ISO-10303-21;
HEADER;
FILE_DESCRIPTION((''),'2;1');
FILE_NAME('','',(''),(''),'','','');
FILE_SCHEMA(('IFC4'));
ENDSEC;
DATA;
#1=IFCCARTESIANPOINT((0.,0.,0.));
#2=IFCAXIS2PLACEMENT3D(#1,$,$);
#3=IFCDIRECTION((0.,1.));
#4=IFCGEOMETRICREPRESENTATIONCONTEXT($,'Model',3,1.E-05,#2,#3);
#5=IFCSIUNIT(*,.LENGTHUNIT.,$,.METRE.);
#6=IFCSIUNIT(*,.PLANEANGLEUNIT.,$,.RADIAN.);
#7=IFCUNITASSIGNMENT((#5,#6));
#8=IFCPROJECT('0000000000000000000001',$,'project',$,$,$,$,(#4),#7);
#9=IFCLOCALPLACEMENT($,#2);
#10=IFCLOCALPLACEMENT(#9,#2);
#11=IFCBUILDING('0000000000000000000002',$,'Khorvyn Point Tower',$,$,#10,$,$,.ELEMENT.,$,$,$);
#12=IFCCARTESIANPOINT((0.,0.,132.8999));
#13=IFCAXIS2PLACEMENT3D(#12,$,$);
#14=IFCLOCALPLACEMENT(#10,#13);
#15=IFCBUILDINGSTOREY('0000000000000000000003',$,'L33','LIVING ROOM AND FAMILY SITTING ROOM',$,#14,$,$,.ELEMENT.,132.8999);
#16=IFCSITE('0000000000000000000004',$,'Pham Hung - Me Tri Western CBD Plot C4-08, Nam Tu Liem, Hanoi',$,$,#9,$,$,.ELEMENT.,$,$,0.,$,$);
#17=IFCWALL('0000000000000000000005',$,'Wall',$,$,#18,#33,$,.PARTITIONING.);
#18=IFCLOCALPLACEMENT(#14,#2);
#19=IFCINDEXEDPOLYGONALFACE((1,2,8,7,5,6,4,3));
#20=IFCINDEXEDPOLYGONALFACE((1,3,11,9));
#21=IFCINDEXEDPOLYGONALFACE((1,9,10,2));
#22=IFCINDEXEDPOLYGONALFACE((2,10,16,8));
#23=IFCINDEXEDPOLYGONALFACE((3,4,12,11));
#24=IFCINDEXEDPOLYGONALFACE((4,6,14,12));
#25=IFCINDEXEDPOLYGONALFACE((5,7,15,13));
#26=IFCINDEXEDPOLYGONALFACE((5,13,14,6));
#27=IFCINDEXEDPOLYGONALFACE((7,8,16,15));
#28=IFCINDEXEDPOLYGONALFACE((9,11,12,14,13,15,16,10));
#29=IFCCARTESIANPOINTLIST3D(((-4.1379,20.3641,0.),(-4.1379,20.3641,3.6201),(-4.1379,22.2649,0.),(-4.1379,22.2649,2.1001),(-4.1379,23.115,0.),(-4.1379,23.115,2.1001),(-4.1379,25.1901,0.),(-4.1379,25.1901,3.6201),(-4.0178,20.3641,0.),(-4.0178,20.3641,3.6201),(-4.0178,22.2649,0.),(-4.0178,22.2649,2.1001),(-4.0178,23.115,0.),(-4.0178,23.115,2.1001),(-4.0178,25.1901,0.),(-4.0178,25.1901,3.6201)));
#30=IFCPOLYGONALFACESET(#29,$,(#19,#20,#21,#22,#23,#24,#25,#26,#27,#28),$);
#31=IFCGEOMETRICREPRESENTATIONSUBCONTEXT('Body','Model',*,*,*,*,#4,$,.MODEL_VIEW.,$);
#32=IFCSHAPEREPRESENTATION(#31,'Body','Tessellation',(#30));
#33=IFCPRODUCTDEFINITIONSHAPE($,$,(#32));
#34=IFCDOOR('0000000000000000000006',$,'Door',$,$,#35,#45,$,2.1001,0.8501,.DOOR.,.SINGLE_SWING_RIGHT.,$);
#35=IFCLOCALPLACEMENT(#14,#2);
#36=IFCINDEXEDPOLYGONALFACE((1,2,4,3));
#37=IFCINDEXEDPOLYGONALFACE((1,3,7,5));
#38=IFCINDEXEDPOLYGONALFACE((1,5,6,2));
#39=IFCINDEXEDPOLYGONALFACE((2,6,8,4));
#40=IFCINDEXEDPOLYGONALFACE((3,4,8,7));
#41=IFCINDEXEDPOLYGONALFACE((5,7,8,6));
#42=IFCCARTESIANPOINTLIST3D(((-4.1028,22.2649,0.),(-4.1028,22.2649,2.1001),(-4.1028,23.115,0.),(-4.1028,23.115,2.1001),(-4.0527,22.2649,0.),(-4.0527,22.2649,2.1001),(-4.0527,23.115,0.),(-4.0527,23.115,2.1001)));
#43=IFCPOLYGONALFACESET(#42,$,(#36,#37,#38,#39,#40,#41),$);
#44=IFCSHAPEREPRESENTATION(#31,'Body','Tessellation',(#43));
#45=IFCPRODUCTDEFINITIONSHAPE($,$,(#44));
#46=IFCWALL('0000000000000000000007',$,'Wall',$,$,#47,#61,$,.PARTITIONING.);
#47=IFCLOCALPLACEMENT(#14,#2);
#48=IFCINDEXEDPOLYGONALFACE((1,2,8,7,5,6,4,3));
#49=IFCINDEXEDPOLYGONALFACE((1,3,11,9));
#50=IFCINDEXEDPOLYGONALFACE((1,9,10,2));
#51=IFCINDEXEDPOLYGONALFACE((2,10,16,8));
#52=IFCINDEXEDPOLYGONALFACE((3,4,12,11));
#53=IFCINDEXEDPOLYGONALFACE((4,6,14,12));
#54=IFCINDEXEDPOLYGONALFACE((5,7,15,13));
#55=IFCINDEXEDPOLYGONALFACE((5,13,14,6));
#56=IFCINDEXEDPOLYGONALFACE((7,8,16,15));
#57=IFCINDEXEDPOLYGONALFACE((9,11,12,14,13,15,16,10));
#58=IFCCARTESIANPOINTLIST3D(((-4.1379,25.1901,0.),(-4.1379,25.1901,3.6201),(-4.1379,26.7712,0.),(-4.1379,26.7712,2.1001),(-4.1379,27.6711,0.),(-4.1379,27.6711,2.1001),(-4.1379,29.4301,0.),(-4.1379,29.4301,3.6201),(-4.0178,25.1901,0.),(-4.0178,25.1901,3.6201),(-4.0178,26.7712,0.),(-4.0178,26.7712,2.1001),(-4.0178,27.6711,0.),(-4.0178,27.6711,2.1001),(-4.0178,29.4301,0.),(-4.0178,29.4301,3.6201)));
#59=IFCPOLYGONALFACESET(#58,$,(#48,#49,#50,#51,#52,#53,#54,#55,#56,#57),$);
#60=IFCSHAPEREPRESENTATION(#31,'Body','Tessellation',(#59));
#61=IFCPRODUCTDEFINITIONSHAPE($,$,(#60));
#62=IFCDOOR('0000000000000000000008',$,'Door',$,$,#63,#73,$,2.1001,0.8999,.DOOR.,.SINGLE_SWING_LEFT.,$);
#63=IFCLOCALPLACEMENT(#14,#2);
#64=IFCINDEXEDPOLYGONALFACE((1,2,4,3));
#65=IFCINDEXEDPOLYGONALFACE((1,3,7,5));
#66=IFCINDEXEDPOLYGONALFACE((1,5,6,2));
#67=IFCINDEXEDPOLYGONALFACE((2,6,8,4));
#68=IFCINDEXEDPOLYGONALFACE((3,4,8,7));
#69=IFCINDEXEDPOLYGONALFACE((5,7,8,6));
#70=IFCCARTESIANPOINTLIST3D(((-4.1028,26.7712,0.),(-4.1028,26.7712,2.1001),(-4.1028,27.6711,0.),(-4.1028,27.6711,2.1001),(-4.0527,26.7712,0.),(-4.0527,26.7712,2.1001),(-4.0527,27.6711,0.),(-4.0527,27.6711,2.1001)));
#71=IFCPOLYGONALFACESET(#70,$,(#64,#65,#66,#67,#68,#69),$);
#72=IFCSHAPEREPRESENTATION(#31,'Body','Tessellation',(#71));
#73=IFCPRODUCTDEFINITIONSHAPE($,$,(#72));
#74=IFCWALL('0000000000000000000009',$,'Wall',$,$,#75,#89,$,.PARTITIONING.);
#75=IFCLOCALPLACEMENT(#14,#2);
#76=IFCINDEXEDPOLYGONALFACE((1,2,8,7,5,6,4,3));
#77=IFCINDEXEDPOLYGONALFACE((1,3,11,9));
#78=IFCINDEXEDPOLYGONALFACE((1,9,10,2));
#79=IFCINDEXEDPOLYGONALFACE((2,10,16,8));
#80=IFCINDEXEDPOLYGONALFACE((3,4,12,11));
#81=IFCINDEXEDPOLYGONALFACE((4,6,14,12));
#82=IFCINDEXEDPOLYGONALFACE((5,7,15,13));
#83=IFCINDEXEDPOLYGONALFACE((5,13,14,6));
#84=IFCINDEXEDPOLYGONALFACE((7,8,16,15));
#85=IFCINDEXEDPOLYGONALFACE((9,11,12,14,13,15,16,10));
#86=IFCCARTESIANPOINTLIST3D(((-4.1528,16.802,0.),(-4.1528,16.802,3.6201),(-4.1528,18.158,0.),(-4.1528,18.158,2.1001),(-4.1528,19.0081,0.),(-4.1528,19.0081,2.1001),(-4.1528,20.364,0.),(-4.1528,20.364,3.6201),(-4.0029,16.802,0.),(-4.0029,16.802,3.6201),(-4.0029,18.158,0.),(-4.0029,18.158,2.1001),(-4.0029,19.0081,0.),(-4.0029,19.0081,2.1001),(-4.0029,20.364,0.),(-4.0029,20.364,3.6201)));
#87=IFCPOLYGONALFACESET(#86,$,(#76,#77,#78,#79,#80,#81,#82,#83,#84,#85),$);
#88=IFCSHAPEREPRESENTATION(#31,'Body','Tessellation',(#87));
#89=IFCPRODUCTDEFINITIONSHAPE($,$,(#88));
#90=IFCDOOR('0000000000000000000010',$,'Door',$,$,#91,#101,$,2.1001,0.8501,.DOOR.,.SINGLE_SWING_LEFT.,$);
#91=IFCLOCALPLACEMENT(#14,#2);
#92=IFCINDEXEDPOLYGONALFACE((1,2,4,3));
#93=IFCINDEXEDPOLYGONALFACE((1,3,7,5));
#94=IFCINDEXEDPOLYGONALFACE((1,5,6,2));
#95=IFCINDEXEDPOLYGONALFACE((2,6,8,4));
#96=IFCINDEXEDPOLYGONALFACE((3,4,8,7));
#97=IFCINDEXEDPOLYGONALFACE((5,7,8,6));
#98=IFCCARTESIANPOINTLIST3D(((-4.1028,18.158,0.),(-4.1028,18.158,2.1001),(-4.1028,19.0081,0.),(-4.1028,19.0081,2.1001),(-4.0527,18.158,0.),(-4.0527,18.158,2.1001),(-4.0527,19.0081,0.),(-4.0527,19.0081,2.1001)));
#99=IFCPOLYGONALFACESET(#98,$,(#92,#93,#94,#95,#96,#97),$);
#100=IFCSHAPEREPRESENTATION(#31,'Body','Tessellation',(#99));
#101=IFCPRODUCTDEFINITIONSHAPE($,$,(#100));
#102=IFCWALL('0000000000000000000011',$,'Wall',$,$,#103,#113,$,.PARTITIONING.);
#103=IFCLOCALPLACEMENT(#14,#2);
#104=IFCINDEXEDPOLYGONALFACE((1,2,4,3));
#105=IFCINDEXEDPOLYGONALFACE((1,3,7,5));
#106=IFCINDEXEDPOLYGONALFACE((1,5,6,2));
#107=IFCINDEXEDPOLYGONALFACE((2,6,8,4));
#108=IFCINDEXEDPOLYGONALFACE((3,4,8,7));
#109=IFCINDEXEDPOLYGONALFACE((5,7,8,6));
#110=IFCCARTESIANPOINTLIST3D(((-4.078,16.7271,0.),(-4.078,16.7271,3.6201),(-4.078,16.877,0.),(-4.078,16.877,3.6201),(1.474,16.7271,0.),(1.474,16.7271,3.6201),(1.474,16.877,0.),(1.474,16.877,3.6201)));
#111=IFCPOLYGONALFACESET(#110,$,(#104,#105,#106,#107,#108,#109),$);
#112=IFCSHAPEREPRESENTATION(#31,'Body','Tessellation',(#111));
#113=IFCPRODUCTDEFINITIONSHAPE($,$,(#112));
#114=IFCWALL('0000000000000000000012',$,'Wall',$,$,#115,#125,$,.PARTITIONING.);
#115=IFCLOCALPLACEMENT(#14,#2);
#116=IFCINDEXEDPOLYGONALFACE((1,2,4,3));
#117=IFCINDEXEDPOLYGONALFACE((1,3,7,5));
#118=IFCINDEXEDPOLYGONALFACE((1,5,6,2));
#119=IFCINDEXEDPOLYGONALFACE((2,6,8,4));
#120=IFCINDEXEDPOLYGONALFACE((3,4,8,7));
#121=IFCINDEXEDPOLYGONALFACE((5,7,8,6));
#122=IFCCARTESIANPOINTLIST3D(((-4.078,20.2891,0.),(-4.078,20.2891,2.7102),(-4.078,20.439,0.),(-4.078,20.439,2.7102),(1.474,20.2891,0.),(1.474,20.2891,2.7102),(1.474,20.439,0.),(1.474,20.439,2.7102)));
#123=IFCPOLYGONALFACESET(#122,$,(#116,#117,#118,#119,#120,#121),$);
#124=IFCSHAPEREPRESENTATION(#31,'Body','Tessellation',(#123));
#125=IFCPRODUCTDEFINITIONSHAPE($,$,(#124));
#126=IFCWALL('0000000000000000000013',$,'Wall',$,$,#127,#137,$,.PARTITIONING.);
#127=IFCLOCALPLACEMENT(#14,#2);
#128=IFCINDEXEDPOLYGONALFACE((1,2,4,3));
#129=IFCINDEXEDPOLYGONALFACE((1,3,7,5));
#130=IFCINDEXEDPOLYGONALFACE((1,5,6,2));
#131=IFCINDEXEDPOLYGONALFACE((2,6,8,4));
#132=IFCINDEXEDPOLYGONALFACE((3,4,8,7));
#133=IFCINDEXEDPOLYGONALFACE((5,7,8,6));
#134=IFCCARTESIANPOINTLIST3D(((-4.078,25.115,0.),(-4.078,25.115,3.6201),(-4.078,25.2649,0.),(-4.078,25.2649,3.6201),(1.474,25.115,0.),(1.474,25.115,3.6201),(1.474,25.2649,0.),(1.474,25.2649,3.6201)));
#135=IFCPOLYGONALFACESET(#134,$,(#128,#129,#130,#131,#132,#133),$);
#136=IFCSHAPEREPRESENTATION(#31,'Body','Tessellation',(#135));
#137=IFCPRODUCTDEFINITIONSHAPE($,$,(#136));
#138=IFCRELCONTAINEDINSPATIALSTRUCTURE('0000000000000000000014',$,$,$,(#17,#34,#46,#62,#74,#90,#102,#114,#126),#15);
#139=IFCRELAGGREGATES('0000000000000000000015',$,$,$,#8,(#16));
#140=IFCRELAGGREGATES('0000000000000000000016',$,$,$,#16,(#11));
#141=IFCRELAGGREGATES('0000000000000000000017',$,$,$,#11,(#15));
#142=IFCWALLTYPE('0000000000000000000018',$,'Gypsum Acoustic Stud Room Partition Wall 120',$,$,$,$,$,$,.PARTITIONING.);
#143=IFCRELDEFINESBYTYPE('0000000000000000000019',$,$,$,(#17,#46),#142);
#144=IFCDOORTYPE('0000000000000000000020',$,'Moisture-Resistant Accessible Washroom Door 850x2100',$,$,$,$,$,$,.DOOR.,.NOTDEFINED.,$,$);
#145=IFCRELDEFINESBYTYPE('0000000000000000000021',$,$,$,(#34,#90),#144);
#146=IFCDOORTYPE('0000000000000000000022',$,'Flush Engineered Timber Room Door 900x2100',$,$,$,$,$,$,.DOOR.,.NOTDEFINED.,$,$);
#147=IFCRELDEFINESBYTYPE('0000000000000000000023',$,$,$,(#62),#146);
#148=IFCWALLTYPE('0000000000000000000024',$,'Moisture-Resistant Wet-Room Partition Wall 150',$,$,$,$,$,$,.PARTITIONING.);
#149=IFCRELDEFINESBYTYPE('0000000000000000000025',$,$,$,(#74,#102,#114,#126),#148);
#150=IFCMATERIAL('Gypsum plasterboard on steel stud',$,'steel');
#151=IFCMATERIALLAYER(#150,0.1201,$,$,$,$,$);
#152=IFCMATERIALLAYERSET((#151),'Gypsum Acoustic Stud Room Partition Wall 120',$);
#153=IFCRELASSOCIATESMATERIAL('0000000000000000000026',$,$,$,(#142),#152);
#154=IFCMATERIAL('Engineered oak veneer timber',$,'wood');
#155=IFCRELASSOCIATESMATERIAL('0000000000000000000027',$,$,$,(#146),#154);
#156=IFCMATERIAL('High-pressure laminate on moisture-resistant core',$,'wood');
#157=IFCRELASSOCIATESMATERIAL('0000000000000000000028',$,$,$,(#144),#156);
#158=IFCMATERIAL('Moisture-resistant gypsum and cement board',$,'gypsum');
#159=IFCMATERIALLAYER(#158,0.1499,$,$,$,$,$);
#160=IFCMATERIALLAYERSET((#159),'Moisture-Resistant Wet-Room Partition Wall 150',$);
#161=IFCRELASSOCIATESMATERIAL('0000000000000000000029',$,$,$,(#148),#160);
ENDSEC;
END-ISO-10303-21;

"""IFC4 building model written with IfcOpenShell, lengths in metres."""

from ifc_helpers import new_model, si_unit, direction, frame, frame_2d, origin, place, context, subcontext, project, spatial, rectangle, extrude, material, layer, layer_set, type_object, element, fill, save


model = new_model("IFC4")

# Units and contexts
model_context = context("Model", 3, precision=1e-05, world=origin(), true_north=direction((0.0, 1.0)))
body_context = subcontext(model_context, "Body", "Model", "MODEL_VIEW")
ifc_project = project(units=[si_unit("LENGTHUNIT", "METRE"), si_unit("PLANEANGLEUNIT", "RADIAN")], contexts=[model_context])

# Site, building, storey
site_placement = place(None, origin())
site = spatial("IfcSite", under=ifc_project, at=site_placement, Name="Pham Hung - Me Tri Western CBD Plot C4-08, Nam Tu Liem, Hanoi", CompositionType="ELEMENT", RefElevation=0.0)
building_placement = place(site_placement, origin())
building = spatial("IfcBuilding", under=site, at=building_placement, Name="Khorvyn Point Tower", CompositionType="ELEMENT")
storey_placement = place(building_placement, frame((0.0, 0.0, 132.8999)))
storey = spatial("IfcBuildingStorey", under=building, at=storey_placement, Name="L33", Description="LIVING ROOM AND FAMILY SITTING ROOM", CompositionType="ELEMENT", Elevation=132.8999)

# Walls, openings, doors
ifc_material_1 = material(Name="Gypsum plasterboard on steel stud", Category="steel")
ifc_layer_1 = layer(ifc_material_1, 0.1201)
ifc_layer_set_1 = layer_set([ifc_layer_1], Name="Gypsum Acoustic Stud Room Partition Wall 120")
wall_type_1 = type_object("IfcWallType", Name="Gypsum Acoustic Stud Room Partition Wall 120", PredefinedType="PARTITIONING", material=ifc_layer_set_1)
ifc_material_2 = material(Name="Engineered oak veneer timber", Category="wood")
door_type_1 = type_object("IfcDoorType", Name="Flush Engineered Timber Room Door 900x2100", OperationType="NOTDEFINED", PredefinedType="DOOR", material=ifc_material_2)
wall_1_placement = place(storey_placement, frame((-4.0779, 20.364, 0.0), z_axis=(0.0, 0.0, 1.0), x_axis=(0.0, 1.0, 0.0)))
wall_1 = element("IfcWall", 1, at=wall_1_placement, inside=storey, type_object=wall_type_1, Name="Wall", PredefinedType="PARTITIONING", context=body_context, shape_type="SweptSolid", body=[
    extrude(rectangle(XDim=4.8259, YDim=0.1201, at=frame_2d((2.4131, 0.0))), origin(), (0.0, 0.0, 1.0), 3.6201),
])
opening_1_placement = place(wall_1_placement, frame((1.9009, 0.0, 0.0)))
opening_1 = element("IfcOpeningElement", 2, at=opening_1_placement, cuts=wall_1, PredefinedType="OPENING", context=body_context, shape_type="SweptSolid", body=[
    extrude(rectangle(XDim=0.8501, YDim=2.1001, at=frame_2d((0.425, 1.05))), frame((0.0, 0.0701, 0.0), z_axis=(0.0, -1.0, 0.0), x_axis=(1.0, 0.0, 0.0)), (0.0, 0.0, 1.0), 0.1401),
])
ifc_material_3 = material(Name="High-pressure laminate on moisture-resistant core", Category="wood")
door_type_2 = type_object("IfcDoorType", Name="Moisture-Resistant Accessible Washroom Door 850x2100", OperationType="NOTDEFINED", PredefinedType="DOOR", material=ifc_material_3)
door_1_placement = place(opening_1_placement, origin())
door_1 = element("IfcDoor", 3, at=door_1_placement, inside=storey, type_object=door_type_2, Name="Door", OperationType="SINGLE_SWING_RIGHT", OverallHeight=2.1001, OverallWidth=0.8501, PredefinedType="DOOR", context=body_context, shape_type="SweptSolid", body=[
    extrude(rectangle(XDim=0.8501, YDim=2.1001, at=frame_2d((0.425, 1.05))), frame((0.0, 0.0249, 0.0), z_axis=(0.0, -1.0, 0.0), x_axis=(1.0, 0.0, 0.0)), (0.0, 0.0, 1.0), 0.05),
])
fill(opening_1, door_1)
wall_2_placement = place(storey_placement, frame((-4.0779, 25.1899, 0.0), z_axis=(0.0, 0.0, 1.0), x_axis=(0.0, 1.0, 0.0)))
wall_2 = element("IfcWall", 4, at=wall_2_placement, inside=storey, type_object=wall_type_1, Name="Wall", PredefinedType="PARTITIONING", context=body_context, shape_type="SweptSolid", body=[
    extrude(rectangle(XDim=4.24, YDim=0.1201, at=frame_2d((2.1201, 0.0))), origin(), (0.0, 0.0, 1.0), 3.6201),
])
opening_2_placement = place(wall_2_placement, frame((1.5813, 0.0, 0.0)))
opening_2 = element("IfcOpeningElement", 5, at=opening_2_placement, cuts=wall_2, PredefinedType="OPENING", context=body_context, shape_type="SweptSolid", body=[
    extrude(rectangle(XDim=0.8999, YDim=2.1001, at=frame_2d((0.45, 1.05))), frame((0.0, 0.0701, 0.0), z_axis=(0.0, -1.0, 0.0), x_axis=(1.0, 0.0, 0.0)), (0.0, 0.0, 1.0), 0.1401),
])
door_2_placement = place(opening_2_placement, origin())
door_2 = element("IfcDoor", 6, at=door_2_placement, inside=storey, type_object=door_type_1, Name="Door", OperationType="SINGLE_SWING_LEFT", OverallHeight=2.1001, OverallWidth=0.8999, PredefinedType="DOOR", context=body_context, shape_type="SweptSolid", body=[
    extrude(rectangle(XDim=0.8999, YDim=2.1001, at=frame_2d((0.45, 1.05))), frame((0.0, 0.0249, 0.0), z_axis=(0.0, -1.0, 0.0), x_axis=(1.0, 0.0, 0.0)), (0.0, 0.0, 1.0), 0.05),
])
fill(opening_2, door_2)
ifc_material_4 = material(Name="Moisture-resistant gypsum and cement board", Category="gypsum")
ifc_layer_2 = layer(ifc_material_4, 0.1499)
ifc_layer_set_2 = layer_set([ifc_layer_2], Name="Moisture-Resistant Wet-Room Partition Wall 150")
wall_type_2 = type_object("IfcWallType", Name="Moisture-Resistant Wet-Room Partition Wall 150", PredefinedType="PARTITIONING", material=ifc_layer_set_2)
wall_3_placement = place(storey_placement, frame((-4.0779, 16.802, 0.0), z_axis=(0.0, 0.0, 1.0), x_axis=(0.0, 1.0, 0.0)))
wall_3 = element("IfcWall", 7, at=wall_3_placement, inside=storey, type_object=wall_type_2, Name="Wall", PredefinedType="PARTITIONING", context=body_context, shape_type="SweptSolid", body=[
    extrude(rectangle(XDim=3.562, YDim=0.1499, at=frame_2d((1.781, 0.0))), origin(), (0.0, 0.0, 1.0), 3.6201),
])
opening_3_placement = place(wall_3_placement, frame((1.356, 0.0, 0.0)))
opening_3 = element("IfcOpeningElement", 8, at=opening_3_placement, cuts=wall_3, PredefinedType="OPENING", context=body_context, shape_type="SweptSolid", body=[
    extrude(rectangle(XDim=0.8501, YDim=2.1001, at=frame_2d((0.425, 1.05))), frame((0.0, 0.085, 0.0), z_axis=(0.0, -1.0, 0.0), x_axis=(1.0, 0.0, 0.0)), (0.0, 0.0, 1.0), 0.1699),
])
door_3_placement = place(opening_3_placement, origin())
door_3 = element("IfcDoor", 9, at=door_3_placement, inside=storey, type_object=door_type_2, Name="Door", OperationType="SINGLE_SWING_LEFT", OverallHeight=2.1001, OverallWidth=0.8501, PredefinedType="DOOR", context=body_context, shape_type="SweptSolid", body=[
    extrude(rectangle(XDim=0.8501, YDim=2.1001, at=frame_2d((0.425, 1.05))), frame((0.0, 0.0249, 0.0), z_axis=(0.0, -1.0, 0.0), x_axis=(1.0, 0.0, 0.0)), (0.0, 0.0, 1.0), 0.05),
])
fill(opening_3, door_3)

# Walls
wall_4_placement = place(storey_placement, frame((-4.0779, 16.802, 0.0), z_axis=(0.0, 0.0, 1.0), x_axis=(1.0, 0.0, 0.0)))
element("IfcWall", 10, at=wall_4_placement, inside=storey, type_object=wall_type_2, Name="Wall", PredefinedType="PARTITIONING", context=body_context, shape_type="SweptSolid", body=[
    extrude(rectangle(XDim=5.552, YDim=0.1499, at=frame_2d((2.7759, 0.0))), origin(), (0.0, 0.0, 1.0), 3.6201),
])
wall_5_placement = place(storey_placement, frame((-4.0779, 20.364, 0.0), z_axis=(0.0, 0.0, 1.0), x_axis=(1.0, 0.0, 0.0)))
element("IfcWall", 11, at=wall_5_placement, inside=storey, type_object=wall_type_2, Name="Wall", PredefinedType="PARTITIONING", context=body_context, shape_type="SweptSolid", body=[
    extrude(rectangle(XDim=5.552, YDim=0.1499, at=frame_2d((2.7759, 0.0))), origin(), (0.0, 0.0, 1.0), 2.7102),
])
wall_6_placement = place(storey_placement, frame((-4.0779, 25.1899, 0.0), z_axis=(0.0, 0.0, 1.0), x_axis=(1.0, 0.0, 0.0)))
element("IfcWall", 12, at=wall_6_placement, inside=storey, type_object=wall_type_2, Name="Wall", PredefinedType="PARTITIONING", context=body_context, shape_type="SweptSolid", body=[
    extrude(rectangle(XDim=5.552, YDim=0.1499, at=frame_2d((2.7759, 0.0))), origin(), (0.0, 0.0, 1.0), 3.6201),
])

save(model, "model.ifc")
